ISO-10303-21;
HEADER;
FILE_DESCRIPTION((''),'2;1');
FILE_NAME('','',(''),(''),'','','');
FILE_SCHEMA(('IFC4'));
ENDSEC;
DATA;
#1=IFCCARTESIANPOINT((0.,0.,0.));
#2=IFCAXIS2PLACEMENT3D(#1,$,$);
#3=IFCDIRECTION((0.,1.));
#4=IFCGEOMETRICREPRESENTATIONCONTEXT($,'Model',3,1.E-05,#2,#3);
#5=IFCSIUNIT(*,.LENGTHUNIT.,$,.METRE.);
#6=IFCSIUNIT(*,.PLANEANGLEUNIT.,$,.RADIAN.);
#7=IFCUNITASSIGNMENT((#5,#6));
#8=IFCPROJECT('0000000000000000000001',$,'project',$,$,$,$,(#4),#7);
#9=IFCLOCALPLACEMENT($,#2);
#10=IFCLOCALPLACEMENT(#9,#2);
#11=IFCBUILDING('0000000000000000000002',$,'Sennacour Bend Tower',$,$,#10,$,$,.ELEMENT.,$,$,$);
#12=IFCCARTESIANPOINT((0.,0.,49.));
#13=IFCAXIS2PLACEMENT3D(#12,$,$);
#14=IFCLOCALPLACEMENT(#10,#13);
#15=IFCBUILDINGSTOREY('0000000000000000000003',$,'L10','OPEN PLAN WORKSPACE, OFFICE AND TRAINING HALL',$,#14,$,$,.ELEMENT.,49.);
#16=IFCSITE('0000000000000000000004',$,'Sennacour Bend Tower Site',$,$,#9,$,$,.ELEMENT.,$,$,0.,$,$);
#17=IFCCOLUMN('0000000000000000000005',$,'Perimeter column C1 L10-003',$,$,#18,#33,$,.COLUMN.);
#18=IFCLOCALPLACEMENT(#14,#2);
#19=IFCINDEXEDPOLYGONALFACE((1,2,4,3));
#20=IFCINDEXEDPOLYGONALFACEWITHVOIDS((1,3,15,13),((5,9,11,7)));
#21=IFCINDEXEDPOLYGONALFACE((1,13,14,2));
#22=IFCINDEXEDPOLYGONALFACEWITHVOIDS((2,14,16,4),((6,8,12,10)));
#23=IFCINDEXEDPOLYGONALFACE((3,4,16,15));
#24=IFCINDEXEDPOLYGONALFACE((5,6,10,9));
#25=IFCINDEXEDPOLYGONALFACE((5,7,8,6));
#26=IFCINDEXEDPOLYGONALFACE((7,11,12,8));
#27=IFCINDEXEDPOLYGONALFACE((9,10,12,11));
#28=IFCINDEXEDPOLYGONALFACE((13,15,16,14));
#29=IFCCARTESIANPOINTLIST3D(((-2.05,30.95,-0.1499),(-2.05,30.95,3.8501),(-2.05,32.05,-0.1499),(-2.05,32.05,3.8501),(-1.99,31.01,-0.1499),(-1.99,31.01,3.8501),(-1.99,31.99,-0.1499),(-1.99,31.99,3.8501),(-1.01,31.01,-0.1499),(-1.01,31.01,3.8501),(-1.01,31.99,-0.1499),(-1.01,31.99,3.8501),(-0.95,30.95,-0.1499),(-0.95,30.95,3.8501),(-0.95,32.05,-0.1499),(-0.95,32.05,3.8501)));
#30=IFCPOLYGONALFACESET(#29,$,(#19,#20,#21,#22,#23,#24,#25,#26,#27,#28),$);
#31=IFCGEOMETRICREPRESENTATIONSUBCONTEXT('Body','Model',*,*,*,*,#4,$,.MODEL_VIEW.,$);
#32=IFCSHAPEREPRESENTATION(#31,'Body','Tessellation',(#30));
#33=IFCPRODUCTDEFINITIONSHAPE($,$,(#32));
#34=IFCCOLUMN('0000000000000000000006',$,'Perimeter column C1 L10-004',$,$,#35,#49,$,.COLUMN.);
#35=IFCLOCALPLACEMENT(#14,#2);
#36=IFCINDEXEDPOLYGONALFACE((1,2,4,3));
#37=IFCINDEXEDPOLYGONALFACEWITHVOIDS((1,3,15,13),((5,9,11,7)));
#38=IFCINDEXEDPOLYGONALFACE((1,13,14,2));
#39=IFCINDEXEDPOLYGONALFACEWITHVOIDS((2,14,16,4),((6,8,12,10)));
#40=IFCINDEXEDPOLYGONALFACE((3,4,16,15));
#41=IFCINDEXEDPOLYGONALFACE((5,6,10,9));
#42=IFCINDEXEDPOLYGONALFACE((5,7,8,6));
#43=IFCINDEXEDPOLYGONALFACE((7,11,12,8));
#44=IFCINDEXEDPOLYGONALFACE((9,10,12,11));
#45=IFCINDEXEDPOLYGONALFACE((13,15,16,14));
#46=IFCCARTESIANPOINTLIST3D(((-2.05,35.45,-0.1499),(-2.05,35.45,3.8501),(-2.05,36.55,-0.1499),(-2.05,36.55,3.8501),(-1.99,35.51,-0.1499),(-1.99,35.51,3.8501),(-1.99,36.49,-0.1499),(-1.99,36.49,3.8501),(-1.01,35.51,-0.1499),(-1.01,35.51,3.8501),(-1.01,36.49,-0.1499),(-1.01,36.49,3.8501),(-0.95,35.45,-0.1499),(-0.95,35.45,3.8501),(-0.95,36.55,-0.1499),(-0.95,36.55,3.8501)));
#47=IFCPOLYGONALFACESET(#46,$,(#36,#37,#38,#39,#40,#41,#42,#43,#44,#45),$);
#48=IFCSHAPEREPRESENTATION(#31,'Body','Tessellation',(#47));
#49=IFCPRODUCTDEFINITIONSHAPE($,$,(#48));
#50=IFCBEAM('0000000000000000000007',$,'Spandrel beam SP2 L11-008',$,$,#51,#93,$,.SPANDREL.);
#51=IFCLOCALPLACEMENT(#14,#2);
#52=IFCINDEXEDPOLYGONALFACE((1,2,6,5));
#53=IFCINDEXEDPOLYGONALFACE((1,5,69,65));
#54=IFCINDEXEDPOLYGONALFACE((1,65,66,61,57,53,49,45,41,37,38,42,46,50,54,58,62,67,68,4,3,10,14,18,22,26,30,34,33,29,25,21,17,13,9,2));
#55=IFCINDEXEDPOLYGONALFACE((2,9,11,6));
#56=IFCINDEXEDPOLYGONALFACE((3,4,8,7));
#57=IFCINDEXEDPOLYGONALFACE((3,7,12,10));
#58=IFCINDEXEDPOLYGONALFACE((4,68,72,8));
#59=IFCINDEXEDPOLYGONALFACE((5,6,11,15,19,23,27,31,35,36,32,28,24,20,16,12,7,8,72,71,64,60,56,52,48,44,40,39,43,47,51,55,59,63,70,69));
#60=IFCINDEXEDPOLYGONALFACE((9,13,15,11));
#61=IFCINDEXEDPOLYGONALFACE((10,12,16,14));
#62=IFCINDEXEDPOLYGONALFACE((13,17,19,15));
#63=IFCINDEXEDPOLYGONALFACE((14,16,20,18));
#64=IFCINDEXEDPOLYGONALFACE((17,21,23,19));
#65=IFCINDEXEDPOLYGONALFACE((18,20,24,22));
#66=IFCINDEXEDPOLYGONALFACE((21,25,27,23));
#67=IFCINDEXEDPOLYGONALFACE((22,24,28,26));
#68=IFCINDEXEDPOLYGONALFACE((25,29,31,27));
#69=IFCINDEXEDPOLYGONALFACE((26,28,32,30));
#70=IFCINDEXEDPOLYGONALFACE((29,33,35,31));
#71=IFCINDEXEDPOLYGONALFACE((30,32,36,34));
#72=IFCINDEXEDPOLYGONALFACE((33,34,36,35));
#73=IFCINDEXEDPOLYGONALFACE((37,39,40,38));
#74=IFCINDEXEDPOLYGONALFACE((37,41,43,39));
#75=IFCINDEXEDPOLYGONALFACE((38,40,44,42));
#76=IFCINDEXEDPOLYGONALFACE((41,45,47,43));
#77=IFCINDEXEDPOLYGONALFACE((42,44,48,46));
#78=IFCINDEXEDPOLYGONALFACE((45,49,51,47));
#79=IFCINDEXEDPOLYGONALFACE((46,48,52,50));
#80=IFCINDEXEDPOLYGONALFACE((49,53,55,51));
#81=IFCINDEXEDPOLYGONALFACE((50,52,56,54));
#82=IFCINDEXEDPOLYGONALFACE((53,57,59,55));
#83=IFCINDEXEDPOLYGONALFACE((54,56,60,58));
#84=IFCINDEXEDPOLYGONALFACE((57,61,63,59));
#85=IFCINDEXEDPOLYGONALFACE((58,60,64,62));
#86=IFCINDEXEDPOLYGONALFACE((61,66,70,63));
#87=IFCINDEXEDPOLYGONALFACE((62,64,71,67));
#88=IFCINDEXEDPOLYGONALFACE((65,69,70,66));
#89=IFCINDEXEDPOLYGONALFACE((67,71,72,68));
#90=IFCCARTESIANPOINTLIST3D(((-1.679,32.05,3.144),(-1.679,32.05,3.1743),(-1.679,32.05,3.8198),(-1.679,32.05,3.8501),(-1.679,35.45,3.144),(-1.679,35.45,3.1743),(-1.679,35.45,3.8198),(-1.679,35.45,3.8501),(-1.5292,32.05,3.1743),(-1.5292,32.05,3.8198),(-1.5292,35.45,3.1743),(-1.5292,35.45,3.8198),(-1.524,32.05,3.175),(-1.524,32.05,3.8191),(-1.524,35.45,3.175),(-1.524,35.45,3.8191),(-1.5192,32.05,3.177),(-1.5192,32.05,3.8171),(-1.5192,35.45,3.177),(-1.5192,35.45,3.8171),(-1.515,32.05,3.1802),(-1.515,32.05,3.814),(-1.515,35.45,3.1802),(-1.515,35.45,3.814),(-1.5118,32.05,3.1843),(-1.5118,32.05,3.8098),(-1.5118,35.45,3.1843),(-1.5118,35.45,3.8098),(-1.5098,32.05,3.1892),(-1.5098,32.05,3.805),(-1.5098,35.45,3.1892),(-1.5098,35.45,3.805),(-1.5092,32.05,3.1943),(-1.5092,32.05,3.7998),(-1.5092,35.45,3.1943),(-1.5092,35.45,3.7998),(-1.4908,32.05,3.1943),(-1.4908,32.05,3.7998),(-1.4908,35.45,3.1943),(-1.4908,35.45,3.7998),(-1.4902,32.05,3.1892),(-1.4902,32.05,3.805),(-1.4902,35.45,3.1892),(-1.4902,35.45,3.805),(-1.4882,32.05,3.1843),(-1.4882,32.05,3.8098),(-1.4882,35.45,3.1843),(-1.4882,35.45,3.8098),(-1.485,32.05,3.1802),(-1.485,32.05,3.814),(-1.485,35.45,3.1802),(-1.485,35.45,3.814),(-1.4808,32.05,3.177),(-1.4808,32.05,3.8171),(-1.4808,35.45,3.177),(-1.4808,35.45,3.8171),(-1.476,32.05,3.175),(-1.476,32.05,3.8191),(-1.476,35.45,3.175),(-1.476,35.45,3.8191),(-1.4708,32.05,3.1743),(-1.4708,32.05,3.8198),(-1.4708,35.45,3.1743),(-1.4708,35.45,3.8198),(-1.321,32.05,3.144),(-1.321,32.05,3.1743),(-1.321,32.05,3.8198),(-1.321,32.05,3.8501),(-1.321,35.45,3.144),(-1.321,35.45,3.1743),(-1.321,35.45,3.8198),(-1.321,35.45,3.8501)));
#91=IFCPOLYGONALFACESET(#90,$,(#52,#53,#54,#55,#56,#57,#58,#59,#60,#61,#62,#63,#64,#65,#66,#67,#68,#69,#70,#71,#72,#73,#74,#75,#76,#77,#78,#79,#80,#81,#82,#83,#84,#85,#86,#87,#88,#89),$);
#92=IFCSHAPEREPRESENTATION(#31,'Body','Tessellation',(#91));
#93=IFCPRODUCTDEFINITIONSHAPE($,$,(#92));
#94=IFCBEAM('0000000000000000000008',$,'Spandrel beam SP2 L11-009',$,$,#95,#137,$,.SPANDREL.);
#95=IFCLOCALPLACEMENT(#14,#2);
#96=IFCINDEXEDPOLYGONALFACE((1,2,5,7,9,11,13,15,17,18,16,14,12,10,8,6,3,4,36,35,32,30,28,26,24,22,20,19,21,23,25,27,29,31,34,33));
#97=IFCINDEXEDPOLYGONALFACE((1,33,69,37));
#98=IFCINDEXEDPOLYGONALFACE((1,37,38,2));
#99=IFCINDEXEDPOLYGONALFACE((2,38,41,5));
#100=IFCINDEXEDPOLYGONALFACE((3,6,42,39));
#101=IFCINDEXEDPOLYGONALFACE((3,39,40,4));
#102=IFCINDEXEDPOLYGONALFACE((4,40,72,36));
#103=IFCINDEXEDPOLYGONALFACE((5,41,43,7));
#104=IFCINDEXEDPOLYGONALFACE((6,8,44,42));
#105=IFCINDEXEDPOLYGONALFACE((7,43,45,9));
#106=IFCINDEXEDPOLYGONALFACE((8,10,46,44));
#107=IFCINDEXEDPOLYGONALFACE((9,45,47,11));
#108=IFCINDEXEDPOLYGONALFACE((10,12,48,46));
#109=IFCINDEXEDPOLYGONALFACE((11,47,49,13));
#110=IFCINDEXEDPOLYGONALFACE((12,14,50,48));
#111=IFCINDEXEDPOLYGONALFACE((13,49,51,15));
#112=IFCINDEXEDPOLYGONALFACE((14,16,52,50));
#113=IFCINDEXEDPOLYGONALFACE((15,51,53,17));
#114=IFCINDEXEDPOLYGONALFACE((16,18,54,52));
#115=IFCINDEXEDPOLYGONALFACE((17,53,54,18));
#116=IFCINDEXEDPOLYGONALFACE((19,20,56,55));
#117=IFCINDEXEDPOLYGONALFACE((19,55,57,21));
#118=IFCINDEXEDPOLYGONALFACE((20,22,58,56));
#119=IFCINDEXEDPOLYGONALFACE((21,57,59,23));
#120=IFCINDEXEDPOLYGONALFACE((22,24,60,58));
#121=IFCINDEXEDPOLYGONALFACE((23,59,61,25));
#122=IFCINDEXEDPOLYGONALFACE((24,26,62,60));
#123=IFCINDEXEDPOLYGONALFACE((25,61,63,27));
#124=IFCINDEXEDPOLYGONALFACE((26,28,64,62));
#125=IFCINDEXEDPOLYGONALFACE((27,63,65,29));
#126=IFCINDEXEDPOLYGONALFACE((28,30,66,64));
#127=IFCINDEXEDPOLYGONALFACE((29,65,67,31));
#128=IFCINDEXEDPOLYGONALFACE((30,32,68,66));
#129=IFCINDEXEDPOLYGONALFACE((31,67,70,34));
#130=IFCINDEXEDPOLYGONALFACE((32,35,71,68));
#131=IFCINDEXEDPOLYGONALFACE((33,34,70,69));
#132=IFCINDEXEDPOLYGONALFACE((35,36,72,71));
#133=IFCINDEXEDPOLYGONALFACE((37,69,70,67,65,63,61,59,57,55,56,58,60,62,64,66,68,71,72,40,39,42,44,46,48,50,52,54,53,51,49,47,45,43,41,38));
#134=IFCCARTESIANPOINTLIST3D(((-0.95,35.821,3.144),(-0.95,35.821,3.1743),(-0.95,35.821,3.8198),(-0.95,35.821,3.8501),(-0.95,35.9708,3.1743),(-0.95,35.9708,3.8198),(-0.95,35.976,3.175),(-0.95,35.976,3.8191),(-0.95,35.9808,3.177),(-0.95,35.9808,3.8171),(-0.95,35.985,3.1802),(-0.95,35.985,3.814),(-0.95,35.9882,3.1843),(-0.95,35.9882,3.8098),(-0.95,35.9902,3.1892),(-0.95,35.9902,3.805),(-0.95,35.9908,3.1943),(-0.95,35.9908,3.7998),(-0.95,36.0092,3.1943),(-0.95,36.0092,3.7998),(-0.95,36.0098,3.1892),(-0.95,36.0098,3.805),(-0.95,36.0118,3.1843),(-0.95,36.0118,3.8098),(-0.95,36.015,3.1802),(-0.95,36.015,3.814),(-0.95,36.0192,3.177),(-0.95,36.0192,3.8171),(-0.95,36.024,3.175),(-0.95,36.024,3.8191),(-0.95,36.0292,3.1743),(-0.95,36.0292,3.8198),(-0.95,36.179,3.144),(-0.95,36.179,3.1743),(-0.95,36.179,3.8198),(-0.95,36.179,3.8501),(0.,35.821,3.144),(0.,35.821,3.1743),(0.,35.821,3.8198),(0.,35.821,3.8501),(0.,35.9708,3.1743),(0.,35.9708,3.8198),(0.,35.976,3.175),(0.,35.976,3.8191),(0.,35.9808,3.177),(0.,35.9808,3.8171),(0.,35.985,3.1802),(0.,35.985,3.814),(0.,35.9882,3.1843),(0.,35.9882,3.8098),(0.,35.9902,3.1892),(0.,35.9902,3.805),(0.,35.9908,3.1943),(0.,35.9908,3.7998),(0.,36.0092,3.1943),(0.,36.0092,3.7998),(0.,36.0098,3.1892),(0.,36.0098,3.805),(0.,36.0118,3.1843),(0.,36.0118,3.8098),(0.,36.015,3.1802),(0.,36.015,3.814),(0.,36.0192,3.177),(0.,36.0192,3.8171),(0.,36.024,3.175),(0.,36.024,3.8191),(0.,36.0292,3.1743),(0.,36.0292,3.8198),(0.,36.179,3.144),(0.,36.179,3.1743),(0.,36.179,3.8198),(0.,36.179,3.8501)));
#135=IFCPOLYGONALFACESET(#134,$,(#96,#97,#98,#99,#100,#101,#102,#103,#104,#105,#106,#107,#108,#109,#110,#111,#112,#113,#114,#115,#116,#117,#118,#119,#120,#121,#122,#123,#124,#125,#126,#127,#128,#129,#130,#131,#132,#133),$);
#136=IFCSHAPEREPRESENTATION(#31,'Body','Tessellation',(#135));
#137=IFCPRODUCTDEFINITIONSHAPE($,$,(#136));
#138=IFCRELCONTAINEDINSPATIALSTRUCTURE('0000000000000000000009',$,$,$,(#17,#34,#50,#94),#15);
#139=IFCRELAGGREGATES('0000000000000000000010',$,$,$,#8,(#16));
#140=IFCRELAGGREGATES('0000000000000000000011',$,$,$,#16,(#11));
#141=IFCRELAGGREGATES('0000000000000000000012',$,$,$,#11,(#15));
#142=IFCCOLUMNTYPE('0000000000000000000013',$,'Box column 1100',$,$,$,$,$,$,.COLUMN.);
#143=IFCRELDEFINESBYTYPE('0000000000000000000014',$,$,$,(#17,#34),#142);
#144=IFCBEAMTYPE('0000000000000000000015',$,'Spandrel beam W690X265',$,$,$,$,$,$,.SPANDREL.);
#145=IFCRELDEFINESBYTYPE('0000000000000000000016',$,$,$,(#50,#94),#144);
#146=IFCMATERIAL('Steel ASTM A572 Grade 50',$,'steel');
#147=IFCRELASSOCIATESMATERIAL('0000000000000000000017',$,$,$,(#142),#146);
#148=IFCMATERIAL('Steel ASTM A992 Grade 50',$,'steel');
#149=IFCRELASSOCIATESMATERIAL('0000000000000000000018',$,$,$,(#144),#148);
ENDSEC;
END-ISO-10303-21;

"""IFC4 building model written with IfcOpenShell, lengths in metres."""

from ifc_helpers import new_model, si_unit, direction, frame, origin, origin_2d, place, context, subcontext, project, spatial, hollow_rectangle, i_section, extrude, material, material_profile, profile_set, type_object, element, save


model = new_model("IFC4")

# Units and contexts
model_context = context("Model", 3, precision=1e-05, world=origin(), true_north=direction((0.0, 1.0)))
body_context = subcontext(model_context, "Body", "Model", "MODEL_VIEW")
ifc_project = project(units=[si_unit("LENGTHUNIT", "METRE"), si_unit("PLANEANGLEUNIT", "RADIAN")], contexts=[model_context])

# Site, building, storey
site_placement = place(None, origin())
site = spatial("IfcSite", under=ifc_project, at=site_placement, Name="Sennacour Bend Tower Site", CompositionType="ELEMENT", RefElevation=0.0)
building_placement = place(site_placement, origin())
building = spatial("IfcBuilding", under=site, at=building_placement, Name="Sennacour Bend Tower", CompositionType="ELEMENT")
storey_placement = place(building_placement, frame((0.0, 0.0, 49.0)))
storey = spatial("IfcBuildingStorey", under=building, at=storey_placement, Name="L10", Description="OPEN PLAN WORKSPACE, OFFICE AND TRAINING HALL", CompositionType="ELEMENT", Elevation=49.0)

# Columns
ifc_material_1 = material(Name="Steel ASTM A572 Grade 50", Category="steel")
ifc_material_profile_1 = material_profile(ifc_material_1, hollow_rectangle(XDim=1.1001, YDim=1.1001, WallThickness=0.0601, at=origin_2d()), Name="Steel ASTM A572 Grade 50", Category="steel")
ifc_profile_set_1 = profile_set([ifc_material_profile_1], Name="Steel ASTM A572 Grade 50")
column_type = type_object("IfcColumnType", Name="Box column 1100", PredefinedType="COLUMN", material=ifc_profile_set_1)
for number, where, z_axis, x_axis, name in (
    (1, (-1.5, 31.5, -0.1499), (0.0, 0.0, 1.0), (1.0, 0.0, 0.0), "Perimeter column C1 L10-003"),
    (2, (-1.5, 36.0, -0.1499), (0.0, 0.0, 1.0), (1.0, 0.0, 0.0), "Perimeter column C1 L10-004"),
):
    element("IfcColumn", number, at=place(storey_placement, frame(where, z_axis=z_axis, x_axis=x_axis)), inside=storey, type_object=column_type, Name=name, PredefinedType="COLUMN", context=body_context, shape_type="SweptSolid", body=[
        extrude(hollow_rectangle(XDim=1.1001, YDim=1.1001, WallThickness=0.0601, at=origin_2d()), origin(), (0.0, 0.0, 1.0), 4.0),
    ])

# Beams
ifc_material_2 = material(Name="Steel ASTM A992 Grade 50", Category="steel")
ifc_material_profile_2 = material_profile(ifc_material_2, i_section(OverallWidth=0.3579, OverallDepth=0.7061, WebThickness=0.0183, FlangeThickness=0.0303, FilletRadius=0.02, at=origin_2d()), Name="Steel ASTM A992 Grade 50", Category="steel")
ifc_profile_set_2 = profile_set([ifc_material_profile_2], Name="Steel ASTM A992 Grade 50")
beam_type = type_object("IfcBeamType", Name="Spandrel beam W690X265", PredefinedType="SPANDREL", material=ifc_profile_set_2)
beam_1_placement = place(storey_placement, frame((-1.5, 32.05, 3.4971), z_axis=(0.0, 1.0, 0.0), x_axis=(-1.0, 0.0, 0.0)))
element("IfcBeam", 3, at=beam_1_placement, inside=storey, type_object=beam_type, Name="Spandrel beam SP2 L11-008", PredefinedType="SPANDREL", context=body_context, shape_type="SweptSolid", body=[
    extrude(i_section(OverallWidth=0.3579, OverallDepth=0.7061, WebThickness=0.0183, FlangeThickness=0.0303, FilletRadius=0.02, at=origin_2d()), origin(), (0.0, 0.0, 1.0), 3.3999),
])
beam_2_placement = place(storey_placement, frame((-0.95, 36.0, 3.4971), z_axis=(1.0, 0.0, 0.0), x_axis=(0.0, 1.0, 0.0)))
element("IfcBeam", 4, at=beam_2_placement, inside=storey, type_object=beam_type, Name="Spandrel beam SP2 L11-009", PredefinedType="SPANDREL", context=body_context, shape_type="SweptSolid", body=[
    extrude(i_section(OverallWidth=0.3579, OverallDepth=0.7061, WebThickness=0.0183, FlangeThickness=0.0303, FilletRadius=0.02, at=origin_2d()), origin(), (0.0, 0.0, 1.0), 0.95),
])

save(model, "model.ifc")
